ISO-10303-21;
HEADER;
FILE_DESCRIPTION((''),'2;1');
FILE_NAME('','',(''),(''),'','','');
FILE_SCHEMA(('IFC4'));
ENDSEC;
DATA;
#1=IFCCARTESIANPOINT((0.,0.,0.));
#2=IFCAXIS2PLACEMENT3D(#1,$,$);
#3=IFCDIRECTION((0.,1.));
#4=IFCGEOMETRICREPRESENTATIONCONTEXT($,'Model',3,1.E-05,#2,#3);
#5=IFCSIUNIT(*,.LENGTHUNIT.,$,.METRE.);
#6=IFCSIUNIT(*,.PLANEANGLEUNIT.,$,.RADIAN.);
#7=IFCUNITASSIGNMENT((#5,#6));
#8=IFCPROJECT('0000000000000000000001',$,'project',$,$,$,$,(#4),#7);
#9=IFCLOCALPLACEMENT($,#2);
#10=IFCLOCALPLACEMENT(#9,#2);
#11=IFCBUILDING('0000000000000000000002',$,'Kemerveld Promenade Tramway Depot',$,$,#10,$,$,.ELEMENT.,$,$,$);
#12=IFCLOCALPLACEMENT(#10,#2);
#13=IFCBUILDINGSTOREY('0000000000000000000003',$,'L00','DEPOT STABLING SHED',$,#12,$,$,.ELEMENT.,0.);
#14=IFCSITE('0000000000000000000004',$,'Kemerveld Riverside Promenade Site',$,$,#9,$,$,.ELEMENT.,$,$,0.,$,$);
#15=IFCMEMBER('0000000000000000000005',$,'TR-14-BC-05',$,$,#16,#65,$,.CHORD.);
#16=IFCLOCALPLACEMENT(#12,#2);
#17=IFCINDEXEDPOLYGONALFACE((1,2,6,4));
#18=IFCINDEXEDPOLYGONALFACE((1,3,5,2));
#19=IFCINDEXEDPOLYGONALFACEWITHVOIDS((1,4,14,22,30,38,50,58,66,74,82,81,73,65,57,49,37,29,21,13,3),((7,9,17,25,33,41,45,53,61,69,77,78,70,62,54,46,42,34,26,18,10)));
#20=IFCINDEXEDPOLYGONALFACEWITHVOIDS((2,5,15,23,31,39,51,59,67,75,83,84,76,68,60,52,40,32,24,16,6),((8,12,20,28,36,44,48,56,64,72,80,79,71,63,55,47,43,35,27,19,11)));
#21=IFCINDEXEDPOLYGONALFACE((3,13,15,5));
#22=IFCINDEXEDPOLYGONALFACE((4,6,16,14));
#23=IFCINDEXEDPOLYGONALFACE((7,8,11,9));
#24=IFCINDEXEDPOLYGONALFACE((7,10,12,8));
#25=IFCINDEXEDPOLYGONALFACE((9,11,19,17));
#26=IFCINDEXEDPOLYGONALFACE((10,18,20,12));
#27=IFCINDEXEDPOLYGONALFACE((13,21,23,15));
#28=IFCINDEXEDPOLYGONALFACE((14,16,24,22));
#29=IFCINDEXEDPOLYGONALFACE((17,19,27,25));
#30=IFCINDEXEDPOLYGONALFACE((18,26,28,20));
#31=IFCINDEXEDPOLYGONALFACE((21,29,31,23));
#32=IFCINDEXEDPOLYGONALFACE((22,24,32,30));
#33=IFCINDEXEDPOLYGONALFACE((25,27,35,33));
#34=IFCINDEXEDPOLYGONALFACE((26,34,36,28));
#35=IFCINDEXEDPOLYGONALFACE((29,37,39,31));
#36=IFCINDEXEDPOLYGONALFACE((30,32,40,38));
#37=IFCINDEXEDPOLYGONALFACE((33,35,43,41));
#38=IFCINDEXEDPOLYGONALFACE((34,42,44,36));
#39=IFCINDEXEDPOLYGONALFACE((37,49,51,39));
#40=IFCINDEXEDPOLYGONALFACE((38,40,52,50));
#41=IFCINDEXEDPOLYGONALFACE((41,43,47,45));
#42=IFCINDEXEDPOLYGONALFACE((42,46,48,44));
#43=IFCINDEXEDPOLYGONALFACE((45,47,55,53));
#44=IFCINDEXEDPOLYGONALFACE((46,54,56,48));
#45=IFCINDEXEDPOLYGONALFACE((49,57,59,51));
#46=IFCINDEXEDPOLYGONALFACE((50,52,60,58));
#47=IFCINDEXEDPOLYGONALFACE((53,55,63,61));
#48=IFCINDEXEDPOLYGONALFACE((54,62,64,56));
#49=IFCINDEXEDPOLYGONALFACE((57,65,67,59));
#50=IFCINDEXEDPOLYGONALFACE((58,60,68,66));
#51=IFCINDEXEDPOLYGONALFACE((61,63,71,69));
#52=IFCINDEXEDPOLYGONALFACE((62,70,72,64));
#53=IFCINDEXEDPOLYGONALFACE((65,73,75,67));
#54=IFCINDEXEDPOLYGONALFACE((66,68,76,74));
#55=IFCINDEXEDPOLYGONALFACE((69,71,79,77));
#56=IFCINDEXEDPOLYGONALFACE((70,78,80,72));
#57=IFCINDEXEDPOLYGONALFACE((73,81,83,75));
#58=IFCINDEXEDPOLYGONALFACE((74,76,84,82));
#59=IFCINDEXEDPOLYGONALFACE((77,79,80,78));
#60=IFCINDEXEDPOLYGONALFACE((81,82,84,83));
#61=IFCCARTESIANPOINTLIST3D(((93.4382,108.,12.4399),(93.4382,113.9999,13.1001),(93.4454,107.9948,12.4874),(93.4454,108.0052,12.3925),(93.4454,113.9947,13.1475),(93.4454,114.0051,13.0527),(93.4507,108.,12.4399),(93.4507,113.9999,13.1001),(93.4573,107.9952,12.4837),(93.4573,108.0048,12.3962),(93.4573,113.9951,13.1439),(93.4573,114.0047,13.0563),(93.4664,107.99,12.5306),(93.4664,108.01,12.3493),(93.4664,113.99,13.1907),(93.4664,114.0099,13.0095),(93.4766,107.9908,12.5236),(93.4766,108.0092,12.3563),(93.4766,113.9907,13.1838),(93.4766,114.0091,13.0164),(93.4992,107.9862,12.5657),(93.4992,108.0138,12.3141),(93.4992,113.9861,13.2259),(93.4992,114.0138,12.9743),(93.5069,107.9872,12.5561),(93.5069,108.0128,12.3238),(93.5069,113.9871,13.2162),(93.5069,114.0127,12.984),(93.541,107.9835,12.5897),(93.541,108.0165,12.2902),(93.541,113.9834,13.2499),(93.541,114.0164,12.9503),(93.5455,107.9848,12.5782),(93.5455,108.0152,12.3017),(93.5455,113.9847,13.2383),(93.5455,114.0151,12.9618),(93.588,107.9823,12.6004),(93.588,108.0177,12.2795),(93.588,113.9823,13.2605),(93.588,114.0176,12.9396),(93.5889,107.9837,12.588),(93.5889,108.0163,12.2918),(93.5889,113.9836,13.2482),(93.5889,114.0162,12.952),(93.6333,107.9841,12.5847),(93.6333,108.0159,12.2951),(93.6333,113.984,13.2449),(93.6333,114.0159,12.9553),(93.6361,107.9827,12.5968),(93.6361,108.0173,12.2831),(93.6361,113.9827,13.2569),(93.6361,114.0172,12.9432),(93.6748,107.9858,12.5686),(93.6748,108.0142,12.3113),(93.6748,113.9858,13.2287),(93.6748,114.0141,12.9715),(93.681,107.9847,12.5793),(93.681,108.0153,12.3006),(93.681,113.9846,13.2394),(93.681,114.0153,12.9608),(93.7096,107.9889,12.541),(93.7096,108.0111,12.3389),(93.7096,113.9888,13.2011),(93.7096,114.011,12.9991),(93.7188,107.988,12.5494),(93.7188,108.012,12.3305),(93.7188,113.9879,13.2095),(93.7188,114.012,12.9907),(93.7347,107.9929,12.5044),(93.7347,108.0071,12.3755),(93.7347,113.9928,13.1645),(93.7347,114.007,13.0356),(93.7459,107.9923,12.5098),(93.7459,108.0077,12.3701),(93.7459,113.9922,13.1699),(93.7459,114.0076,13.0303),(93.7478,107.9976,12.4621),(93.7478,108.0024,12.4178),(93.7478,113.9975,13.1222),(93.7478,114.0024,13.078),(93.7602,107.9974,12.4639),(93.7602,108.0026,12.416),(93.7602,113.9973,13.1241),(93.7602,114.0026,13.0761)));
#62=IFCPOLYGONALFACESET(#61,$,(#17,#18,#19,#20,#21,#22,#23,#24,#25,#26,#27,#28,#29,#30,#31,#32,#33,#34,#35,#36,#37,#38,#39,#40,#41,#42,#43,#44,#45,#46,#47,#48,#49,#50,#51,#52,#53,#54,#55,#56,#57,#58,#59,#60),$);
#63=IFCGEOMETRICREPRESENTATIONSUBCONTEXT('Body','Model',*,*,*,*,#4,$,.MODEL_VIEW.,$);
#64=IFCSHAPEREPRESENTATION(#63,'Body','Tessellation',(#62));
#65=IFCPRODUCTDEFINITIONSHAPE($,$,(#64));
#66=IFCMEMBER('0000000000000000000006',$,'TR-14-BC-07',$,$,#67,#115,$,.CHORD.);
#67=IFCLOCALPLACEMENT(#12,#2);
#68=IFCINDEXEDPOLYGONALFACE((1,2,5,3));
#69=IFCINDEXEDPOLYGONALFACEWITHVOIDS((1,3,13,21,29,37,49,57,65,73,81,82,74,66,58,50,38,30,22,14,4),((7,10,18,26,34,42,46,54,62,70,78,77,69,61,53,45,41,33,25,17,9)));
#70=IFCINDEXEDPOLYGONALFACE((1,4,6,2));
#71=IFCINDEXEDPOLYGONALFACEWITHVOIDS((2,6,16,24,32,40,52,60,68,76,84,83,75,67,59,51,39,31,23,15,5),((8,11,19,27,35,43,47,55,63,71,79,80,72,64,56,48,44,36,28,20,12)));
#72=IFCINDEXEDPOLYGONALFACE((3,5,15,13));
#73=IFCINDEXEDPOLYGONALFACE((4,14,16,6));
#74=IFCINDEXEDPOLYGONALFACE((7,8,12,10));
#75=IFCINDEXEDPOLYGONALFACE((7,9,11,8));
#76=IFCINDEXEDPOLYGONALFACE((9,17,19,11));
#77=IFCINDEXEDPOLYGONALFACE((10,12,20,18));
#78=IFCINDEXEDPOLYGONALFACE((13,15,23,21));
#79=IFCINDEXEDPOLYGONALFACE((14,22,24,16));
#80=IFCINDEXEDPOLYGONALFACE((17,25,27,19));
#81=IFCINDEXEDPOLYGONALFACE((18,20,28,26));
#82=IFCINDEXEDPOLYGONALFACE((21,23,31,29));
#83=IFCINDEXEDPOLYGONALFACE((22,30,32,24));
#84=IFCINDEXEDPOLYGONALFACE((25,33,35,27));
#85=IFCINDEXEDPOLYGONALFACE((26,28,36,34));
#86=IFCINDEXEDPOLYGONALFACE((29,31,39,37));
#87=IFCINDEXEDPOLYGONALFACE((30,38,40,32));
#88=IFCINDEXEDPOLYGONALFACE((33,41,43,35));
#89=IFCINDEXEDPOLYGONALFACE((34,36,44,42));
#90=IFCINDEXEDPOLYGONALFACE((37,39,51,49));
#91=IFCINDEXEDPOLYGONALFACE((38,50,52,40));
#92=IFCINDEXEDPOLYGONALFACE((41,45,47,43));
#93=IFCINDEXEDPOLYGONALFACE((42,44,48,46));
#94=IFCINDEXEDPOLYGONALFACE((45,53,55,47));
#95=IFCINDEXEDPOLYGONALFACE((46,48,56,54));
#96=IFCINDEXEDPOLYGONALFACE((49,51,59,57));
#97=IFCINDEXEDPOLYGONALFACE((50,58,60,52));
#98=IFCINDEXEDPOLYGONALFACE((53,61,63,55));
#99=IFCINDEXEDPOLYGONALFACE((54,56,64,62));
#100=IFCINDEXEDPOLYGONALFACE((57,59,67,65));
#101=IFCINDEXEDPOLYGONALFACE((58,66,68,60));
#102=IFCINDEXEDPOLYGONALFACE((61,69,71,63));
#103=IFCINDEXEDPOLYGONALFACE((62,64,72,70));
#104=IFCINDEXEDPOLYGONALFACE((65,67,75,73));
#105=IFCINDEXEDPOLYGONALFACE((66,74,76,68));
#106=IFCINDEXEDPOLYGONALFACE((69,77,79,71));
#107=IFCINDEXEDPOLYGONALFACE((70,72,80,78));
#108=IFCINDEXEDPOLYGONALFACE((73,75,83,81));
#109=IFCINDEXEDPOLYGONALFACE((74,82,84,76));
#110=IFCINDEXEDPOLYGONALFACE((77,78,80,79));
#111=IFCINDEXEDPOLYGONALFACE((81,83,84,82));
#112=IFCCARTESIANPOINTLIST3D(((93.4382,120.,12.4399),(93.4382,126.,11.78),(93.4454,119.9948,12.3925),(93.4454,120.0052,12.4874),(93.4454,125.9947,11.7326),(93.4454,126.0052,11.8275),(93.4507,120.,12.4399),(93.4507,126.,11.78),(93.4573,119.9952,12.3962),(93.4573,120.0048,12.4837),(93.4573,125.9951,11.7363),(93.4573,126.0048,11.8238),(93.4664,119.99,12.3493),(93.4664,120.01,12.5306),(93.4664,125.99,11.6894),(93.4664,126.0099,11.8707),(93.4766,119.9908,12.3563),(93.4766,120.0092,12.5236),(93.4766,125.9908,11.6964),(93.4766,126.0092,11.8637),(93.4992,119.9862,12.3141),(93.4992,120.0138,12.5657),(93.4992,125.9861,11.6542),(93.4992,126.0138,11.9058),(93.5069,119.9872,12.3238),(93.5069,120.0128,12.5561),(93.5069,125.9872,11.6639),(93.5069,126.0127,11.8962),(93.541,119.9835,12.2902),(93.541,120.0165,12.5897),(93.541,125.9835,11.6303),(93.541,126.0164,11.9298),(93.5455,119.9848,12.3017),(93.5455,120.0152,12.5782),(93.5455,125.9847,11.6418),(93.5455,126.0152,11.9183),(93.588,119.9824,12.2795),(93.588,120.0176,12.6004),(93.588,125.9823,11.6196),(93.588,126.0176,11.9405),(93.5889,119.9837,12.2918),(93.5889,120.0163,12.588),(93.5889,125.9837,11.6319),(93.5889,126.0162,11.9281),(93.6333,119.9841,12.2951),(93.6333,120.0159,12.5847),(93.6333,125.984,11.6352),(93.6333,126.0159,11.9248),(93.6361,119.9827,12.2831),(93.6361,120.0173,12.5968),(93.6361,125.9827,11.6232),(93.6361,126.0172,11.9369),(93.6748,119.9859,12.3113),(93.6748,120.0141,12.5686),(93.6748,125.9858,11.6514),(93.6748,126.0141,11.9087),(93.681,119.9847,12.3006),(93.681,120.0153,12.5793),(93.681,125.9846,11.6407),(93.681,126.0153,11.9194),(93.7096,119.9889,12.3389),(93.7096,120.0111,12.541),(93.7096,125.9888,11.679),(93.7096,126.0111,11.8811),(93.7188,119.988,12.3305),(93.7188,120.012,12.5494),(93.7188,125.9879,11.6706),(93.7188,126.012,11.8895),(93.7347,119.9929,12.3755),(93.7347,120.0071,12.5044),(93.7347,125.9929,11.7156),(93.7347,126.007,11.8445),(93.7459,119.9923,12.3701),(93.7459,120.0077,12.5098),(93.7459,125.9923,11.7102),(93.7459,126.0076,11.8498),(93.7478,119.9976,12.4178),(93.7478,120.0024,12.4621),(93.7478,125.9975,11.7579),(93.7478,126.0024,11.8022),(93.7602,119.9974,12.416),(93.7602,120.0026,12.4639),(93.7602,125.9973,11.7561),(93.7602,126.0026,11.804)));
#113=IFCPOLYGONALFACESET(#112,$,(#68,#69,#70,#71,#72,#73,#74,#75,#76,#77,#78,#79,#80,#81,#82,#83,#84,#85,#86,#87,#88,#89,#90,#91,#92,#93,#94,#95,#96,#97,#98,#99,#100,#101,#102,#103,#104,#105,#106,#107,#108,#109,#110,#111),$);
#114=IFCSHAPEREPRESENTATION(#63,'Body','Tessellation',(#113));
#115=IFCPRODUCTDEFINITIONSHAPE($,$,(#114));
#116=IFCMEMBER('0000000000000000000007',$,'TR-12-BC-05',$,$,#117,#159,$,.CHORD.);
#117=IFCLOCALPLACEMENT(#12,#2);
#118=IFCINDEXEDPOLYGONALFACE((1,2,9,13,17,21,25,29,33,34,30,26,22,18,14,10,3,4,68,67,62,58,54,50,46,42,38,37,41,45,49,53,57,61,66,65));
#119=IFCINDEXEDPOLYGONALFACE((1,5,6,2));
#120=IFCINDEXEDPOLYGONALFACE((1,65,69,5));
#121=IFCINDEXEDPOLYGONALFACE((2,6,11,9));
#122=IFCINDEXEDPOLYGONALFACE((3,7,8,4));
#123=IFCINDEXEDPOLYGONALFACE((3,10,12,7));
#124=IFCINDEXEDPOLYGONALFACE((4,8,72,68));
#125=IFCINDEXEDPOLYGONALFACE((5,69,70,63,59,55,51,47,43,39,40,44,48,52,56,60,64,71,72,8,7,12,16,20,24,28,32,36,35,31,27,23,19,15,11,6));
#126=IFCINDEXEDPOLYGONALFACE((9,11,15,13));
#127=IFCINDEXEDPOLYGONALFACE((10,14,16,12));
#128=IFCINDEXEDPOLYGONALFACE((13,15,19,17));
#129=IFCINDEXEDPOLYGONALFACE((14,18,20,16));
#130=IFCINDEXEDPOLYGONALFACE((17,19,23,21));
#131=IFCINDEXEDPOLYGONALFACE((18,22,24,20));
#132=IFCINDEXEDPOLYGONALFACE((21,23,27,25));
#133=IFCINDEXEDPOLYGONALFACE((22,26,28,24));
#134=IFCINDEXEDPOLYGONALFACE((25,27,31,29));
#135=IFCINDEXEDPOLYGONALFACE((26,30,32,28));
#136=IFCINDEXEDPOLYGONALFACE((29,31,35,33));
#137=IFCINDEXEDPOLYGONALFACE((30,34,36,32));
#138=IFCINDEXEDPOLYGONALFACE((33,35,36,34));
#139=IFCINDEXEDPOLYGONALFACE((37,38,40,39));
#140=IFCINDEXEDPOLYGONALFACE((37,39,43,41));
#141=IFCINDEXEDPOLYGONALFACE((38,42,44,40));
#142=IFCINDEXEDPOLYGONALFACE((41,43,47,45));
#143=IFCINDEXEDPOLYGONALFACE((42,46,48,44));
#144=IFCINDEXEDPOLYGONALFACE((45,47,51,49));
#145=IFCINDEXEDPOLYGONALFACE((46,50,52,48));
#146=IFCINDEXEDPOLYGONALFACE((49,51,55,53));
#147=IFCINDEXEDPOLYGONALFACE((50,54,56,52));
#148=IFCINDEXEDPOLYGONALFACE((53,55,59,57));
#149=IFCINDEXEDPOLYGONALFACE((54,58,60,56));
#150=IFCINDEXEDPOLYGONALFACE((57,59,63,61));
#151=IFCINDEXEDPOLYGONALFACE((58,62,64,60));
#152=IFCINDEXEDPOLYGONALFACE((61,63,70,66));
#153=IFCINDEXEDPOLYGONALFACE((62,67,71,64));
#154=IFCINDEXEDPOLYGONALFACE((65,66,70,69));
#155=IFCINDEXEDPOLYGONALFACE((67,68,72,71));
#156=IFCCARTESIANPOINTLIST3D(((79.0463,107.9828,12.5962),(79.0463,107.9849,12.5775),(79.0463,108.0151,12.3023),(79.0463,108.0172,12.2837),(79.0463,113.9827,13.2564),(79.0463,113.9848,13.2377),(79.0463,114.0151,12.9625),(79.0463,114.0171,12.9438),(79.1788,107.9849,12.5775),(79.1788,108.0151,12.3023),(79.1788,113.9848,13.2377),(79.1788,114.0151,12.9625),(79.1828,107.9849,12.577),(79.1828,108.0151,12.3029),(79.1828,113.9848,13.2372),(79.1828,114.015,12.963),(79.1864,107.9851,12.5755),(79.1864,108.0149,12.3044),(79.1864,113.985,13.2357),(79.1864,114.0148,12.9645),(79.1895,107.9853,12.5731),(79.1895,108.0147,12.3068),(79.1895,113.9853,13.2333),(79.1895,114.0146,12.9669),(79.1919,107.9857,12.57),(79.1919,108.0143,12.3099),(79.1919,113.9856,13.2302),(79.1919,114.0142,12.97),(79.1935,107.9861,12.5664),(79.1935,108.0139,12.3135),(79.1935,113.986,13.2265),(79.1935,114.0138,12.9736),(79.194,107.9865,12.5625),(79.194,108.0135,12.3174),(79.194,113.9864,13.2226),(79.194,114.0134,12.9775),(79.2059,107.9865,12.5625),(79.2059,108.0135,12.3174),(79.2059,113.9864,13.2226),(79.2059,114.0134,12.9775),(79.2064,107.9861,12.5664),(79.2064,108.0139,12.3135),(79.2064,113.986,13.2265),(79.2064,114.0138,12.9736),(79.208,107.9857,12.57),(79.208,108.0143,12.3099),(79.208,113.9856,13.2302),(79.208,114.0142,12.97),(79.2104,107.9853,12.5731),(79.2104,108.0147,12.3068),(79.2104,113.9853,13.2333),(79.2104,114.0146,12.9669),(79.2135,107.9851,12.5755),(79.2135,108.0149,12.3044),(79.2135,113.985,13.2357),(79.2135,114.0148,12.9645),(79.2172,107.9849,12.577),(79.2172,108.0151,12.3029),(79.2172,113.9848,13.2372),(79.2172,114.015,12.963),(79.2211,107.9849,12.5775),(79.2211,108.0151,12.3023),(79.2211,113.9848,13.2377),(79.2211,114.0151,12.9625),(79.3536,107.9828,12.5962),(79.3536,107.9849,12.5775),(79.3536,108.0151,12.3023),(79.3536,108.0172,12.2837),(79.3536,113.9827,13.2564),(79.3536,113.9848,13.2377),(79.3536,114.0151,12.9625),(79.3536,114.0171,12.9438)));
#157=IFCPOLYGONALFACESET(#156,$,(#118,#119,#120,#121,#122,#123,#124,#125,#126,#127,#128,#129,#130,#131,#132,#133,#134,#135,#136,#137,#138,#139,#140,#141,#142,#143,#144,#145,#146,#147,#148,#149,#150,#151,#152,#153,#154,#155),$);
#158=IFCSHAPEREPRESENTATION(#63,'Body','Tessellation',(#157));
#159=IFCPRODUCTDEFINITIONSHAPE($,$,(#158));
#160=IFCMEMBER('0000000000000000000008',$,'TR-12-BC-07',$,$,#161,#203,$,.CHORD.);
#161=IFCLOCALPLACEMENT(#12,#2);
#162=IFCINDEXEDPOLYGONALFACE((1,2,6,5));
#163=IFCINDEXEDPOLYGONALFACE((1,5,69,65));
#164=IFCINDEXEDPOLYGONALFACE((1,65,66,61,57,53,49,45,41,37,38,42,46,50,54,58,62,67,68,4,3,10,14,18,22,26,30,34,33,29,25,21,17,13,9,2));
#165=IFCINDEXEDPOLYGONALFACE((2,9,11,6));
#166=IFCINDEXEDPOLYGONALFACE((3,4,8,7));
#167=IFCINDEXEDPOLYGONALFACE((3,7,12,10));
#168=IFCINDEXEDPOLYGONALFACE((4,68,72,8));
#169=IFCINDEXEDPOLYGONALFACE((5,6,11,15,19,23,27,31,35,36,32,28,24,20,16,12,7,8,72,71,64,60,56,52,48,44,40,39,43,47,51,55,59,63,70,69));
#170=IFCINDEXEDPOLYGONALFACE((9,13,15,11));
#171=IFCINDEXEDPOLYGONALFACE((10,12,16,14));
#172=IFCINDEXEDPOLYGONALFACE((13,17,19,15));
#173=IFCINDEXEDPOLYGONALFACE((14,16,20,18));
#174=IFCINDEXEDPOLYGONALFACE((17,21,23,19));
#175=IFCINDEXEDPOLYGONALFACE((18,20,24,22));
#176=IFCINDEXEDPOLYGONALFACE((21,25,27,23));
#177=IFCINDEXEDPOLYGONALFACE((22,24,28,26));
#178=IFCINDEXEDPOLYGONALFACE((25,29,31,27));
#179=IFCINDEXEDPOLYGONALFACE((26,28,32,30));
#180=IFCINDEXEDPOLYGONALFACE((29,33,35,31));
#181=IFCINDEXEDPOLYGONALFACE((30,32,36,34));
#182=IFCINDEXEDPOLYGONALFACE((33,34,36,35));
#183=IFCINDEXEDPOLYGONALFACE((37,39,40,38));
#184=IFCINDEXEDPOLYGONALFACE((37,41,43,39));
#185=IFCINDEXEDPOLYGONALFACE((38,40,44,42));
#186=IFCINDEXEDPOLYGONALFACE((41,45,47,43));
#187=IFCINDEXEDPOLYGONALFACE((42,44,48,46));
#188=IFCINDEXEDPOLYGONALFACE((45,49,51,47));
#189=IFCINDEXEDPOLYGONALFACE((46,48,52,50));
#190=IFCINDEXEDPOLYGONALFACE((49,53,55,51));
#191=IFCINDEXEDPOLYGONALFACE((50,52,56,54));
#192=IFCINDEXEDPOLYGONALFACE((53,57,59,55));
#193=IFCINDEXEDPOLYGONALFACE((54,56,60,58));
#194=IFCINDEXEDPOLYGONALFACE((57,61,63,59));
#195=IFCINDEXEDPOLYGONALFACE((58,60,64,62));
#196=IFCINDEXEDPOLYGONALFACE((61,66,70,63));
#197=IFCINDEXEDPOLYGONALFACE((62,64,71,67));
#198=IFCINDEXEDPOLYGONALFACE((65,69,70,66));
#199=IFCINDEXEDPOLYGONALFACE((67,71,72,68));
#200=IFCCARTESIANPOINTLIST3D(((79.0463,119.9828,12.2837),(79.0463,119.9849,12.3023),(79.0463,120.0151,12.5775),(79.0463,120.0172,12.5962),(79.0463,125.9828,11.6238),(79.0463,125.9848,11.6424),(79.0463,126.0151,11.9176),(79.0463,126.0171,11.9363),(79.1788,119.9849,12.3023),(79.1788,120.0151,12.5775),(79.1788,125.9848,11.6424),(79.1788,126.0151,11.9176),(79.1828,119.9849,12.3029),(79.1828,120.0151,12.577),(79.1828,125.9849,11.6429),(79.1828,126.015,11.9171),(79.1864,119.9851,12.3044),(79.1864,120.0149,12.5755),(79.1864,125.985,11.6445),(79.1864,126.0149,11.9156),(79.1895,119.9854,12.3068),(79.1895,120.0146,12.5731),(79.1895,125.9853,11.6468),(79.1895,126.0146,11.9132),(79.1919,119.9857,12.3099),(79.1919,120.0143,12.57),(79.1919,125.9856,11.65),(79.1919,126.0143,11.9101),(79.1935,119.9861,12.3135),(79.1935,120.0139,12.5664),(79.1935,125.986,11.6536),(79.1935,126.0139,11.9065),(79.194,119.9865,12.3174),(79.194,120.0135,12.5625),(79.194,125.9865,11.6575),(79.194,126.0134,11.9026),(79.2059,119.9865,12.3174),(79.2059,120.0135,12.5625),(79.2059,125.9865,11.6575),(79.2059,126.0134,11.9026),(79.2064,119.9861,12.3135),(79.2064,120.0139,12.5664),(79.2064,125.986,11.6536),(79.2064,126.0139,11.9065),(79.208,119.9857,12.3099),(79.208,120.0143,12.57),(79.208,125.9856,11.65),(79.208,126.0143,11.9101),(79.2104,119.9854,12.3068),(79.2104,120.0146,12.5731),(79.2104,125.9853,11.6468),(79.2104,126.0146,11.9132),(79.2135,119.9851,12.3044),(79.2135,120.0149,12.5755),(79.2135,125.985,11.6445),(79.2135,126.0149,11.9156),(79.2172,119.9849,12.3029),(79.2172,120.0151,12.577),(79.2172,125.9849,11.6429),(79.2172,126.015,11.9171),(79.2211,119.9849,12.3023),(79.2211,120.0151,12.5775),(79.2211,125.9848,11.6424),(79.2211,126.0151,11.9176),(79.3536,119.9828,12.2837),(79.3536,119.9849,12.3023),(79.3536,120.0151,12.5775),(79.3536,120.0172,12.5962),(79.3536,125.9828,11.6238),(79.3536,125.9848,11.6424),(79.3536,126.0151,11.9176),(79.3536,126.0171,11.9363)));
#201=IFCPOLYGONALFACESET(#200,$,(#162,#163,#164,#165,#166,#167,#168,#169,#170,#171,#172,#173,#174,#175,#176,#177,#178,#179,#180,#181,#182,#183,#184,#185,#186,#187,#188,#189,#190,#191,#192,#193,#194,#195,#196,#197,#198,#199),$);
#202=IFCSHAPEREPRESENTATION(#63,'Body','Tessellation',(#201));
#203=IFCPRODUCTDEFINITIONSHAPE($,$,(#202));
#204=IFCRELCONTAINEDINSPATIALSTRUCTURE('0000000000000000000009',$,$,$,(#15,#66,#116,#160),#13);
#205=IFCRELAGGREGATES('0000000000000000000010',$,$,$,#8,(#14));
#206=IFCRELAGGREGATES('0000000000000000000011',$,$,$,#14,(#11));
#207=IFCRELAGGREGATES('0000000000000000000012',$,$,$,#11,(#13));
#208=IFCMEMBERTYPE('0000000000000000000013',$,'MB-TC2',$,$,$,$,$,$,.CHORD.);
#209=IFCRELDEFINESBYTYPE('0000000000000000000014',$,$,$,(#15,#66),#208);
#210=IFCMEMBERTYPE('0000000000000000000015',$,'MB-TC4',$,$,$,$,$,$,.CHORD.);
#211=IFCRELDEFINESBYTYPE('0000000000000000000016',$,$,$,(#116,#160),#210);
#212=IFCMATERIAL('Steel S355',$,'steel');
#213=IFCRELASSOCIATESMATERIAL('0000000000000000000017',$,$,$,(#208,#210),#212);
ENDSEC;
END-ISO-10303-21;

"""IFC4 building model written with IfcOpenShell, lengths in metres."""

from ifc_helpers import new_model, si_unit, direction, frame, origin, origin_2d, place, context, subcontext, project, spatial, hollow_circle, i_section, extrude, material, material_profile, profile_set, type_object, element, save


model = new_model("IFC4")

# Units and contexts
model_context = context("Model", 3, precision=1e-05, world=origin(), true_north=direction((0.0, 1.0)))
body_context = subcontext(model_context, "Body", "Model", "MODEL_VIEW")
ifc_project = project(units=[si_unit("LENGTHUNIT", "METRE"), si_unit("PLANEANGLEUNIT", "RADIAN")], contexts=[model_context])

# Site, building, storey
site_placement = place(None, origin())
site = spatial("IfcSite", under=ifc_project, at=site_placement, Name="Kemerveld Riverside Promenade Site", CompositionType="ELEMENT", RefElevation=0.0)
building_placement = place(site_placement, origin())
building = spatial("IfcBuilding", under=site, at=building_placement, Name="Kemerveld Promenade Tramway Depot", CompositionType="ELEMENT")
storey_placement = place(building_placement, origin())
storey = spatial("IfcBuildingStorey", under=building, at=storey_placement, Name="L00", Description="DEPOT STABLING SHED", CompositionType="ELEMENT", Elevation=0.0)

# Members
ifc_material_1 = material(Name="Steel S355", Category="steel")
ifc_material_profile_1 = material_profile(ifc_material_1, hollow_circle(Radius=0.1619, WallThickness=0.0125, at=origin_2d()), Name="323.9x12.5 CHS")
ifc_profile_set_1 = profile_set([ifc_material_profile_1], Name="Steel S355")
member_type_1 = type_object("IfcMemberType", Name="MB-TC2", PredefinedType="CHORD", material=ifc_profile_set_1)
for number, where, z_axis, x_axis, name in (
    (1, (93.6001, 108.0, 12.4399), (0.0, 0.994002, 0.109366), (-1.0, 0.0, 0.0), "TR-14-BC-05"),
    (2, (93.6001, 120.0, 12.4399), (0.0, 0.994006, -0.109326), (-1.0, 0.0, 0.0), "TR-14-BC-07"),
):
    element("IfcMember", number, at=place(storey_placement, frame(where, z_axis=z_axis, x_axis=x_axis)), inside=storey, type_object=member_type_1, Name=name, PredefinedType="CHORD", context=body_context, shape_type="SweptSolid", body=[
        extrude(hollow_circle(Radius=0.1619, WallThickness=0.0125, at=origin_2d()), origin(), (0.0, 0.0, 1.0), 6.0361),
    ])
ifc_material_profile_2 = material_profile(ifc_material_1, i_section(OverallWidth=0.3074, OverallDepth=0.3145, WebThickness=0.012, FlangeThickness=0.0188, FilletRadius=0.0151, at=origin_2d()), Name="305x305x118 UC")
ifc_profile_set_2 = profile_set([ifc_material_profile_2], Name="Steel S355")
member_type_2 = type_object("IfcMemberType", Name="MB-TC4", PredefinedType="CHORD", material=ifc_profile_set_2)
for number, where, z_axis, x_axis, name in (
    (3, (79.2, 108.0, 12.4399), (0.0, 0.994002, 0.109366), (-1.0, 0.0, 0.0), "TR-12-BC-05"),
    (4, (79.2, 120.0, 12.4399), (0.0, 0.994006, -0.109326), (-1.0, 0.0, 0.0), "TR-12-BC-07"),
):
    element("IfcMember", number, at=place(storey_placement, frame(where, z_axis=z_axis, x_axis=x_axis)), inside=storey, type_object=member_type_2, Name=name, PredefinedType="CHORD", context=body_context, shape_type="SweptSolid", body=[
        extrude(i_section(OverallWidth=0.3074, OverallDepth=0.3145, WebThickness=0.012, FlangeThickness=0.0188, FilletRadius=0.0151, at=origin_2d()), origin(), (0.0, 0.0, 1.0), 6.0361),
    ])

save(model, "model.ifc")
